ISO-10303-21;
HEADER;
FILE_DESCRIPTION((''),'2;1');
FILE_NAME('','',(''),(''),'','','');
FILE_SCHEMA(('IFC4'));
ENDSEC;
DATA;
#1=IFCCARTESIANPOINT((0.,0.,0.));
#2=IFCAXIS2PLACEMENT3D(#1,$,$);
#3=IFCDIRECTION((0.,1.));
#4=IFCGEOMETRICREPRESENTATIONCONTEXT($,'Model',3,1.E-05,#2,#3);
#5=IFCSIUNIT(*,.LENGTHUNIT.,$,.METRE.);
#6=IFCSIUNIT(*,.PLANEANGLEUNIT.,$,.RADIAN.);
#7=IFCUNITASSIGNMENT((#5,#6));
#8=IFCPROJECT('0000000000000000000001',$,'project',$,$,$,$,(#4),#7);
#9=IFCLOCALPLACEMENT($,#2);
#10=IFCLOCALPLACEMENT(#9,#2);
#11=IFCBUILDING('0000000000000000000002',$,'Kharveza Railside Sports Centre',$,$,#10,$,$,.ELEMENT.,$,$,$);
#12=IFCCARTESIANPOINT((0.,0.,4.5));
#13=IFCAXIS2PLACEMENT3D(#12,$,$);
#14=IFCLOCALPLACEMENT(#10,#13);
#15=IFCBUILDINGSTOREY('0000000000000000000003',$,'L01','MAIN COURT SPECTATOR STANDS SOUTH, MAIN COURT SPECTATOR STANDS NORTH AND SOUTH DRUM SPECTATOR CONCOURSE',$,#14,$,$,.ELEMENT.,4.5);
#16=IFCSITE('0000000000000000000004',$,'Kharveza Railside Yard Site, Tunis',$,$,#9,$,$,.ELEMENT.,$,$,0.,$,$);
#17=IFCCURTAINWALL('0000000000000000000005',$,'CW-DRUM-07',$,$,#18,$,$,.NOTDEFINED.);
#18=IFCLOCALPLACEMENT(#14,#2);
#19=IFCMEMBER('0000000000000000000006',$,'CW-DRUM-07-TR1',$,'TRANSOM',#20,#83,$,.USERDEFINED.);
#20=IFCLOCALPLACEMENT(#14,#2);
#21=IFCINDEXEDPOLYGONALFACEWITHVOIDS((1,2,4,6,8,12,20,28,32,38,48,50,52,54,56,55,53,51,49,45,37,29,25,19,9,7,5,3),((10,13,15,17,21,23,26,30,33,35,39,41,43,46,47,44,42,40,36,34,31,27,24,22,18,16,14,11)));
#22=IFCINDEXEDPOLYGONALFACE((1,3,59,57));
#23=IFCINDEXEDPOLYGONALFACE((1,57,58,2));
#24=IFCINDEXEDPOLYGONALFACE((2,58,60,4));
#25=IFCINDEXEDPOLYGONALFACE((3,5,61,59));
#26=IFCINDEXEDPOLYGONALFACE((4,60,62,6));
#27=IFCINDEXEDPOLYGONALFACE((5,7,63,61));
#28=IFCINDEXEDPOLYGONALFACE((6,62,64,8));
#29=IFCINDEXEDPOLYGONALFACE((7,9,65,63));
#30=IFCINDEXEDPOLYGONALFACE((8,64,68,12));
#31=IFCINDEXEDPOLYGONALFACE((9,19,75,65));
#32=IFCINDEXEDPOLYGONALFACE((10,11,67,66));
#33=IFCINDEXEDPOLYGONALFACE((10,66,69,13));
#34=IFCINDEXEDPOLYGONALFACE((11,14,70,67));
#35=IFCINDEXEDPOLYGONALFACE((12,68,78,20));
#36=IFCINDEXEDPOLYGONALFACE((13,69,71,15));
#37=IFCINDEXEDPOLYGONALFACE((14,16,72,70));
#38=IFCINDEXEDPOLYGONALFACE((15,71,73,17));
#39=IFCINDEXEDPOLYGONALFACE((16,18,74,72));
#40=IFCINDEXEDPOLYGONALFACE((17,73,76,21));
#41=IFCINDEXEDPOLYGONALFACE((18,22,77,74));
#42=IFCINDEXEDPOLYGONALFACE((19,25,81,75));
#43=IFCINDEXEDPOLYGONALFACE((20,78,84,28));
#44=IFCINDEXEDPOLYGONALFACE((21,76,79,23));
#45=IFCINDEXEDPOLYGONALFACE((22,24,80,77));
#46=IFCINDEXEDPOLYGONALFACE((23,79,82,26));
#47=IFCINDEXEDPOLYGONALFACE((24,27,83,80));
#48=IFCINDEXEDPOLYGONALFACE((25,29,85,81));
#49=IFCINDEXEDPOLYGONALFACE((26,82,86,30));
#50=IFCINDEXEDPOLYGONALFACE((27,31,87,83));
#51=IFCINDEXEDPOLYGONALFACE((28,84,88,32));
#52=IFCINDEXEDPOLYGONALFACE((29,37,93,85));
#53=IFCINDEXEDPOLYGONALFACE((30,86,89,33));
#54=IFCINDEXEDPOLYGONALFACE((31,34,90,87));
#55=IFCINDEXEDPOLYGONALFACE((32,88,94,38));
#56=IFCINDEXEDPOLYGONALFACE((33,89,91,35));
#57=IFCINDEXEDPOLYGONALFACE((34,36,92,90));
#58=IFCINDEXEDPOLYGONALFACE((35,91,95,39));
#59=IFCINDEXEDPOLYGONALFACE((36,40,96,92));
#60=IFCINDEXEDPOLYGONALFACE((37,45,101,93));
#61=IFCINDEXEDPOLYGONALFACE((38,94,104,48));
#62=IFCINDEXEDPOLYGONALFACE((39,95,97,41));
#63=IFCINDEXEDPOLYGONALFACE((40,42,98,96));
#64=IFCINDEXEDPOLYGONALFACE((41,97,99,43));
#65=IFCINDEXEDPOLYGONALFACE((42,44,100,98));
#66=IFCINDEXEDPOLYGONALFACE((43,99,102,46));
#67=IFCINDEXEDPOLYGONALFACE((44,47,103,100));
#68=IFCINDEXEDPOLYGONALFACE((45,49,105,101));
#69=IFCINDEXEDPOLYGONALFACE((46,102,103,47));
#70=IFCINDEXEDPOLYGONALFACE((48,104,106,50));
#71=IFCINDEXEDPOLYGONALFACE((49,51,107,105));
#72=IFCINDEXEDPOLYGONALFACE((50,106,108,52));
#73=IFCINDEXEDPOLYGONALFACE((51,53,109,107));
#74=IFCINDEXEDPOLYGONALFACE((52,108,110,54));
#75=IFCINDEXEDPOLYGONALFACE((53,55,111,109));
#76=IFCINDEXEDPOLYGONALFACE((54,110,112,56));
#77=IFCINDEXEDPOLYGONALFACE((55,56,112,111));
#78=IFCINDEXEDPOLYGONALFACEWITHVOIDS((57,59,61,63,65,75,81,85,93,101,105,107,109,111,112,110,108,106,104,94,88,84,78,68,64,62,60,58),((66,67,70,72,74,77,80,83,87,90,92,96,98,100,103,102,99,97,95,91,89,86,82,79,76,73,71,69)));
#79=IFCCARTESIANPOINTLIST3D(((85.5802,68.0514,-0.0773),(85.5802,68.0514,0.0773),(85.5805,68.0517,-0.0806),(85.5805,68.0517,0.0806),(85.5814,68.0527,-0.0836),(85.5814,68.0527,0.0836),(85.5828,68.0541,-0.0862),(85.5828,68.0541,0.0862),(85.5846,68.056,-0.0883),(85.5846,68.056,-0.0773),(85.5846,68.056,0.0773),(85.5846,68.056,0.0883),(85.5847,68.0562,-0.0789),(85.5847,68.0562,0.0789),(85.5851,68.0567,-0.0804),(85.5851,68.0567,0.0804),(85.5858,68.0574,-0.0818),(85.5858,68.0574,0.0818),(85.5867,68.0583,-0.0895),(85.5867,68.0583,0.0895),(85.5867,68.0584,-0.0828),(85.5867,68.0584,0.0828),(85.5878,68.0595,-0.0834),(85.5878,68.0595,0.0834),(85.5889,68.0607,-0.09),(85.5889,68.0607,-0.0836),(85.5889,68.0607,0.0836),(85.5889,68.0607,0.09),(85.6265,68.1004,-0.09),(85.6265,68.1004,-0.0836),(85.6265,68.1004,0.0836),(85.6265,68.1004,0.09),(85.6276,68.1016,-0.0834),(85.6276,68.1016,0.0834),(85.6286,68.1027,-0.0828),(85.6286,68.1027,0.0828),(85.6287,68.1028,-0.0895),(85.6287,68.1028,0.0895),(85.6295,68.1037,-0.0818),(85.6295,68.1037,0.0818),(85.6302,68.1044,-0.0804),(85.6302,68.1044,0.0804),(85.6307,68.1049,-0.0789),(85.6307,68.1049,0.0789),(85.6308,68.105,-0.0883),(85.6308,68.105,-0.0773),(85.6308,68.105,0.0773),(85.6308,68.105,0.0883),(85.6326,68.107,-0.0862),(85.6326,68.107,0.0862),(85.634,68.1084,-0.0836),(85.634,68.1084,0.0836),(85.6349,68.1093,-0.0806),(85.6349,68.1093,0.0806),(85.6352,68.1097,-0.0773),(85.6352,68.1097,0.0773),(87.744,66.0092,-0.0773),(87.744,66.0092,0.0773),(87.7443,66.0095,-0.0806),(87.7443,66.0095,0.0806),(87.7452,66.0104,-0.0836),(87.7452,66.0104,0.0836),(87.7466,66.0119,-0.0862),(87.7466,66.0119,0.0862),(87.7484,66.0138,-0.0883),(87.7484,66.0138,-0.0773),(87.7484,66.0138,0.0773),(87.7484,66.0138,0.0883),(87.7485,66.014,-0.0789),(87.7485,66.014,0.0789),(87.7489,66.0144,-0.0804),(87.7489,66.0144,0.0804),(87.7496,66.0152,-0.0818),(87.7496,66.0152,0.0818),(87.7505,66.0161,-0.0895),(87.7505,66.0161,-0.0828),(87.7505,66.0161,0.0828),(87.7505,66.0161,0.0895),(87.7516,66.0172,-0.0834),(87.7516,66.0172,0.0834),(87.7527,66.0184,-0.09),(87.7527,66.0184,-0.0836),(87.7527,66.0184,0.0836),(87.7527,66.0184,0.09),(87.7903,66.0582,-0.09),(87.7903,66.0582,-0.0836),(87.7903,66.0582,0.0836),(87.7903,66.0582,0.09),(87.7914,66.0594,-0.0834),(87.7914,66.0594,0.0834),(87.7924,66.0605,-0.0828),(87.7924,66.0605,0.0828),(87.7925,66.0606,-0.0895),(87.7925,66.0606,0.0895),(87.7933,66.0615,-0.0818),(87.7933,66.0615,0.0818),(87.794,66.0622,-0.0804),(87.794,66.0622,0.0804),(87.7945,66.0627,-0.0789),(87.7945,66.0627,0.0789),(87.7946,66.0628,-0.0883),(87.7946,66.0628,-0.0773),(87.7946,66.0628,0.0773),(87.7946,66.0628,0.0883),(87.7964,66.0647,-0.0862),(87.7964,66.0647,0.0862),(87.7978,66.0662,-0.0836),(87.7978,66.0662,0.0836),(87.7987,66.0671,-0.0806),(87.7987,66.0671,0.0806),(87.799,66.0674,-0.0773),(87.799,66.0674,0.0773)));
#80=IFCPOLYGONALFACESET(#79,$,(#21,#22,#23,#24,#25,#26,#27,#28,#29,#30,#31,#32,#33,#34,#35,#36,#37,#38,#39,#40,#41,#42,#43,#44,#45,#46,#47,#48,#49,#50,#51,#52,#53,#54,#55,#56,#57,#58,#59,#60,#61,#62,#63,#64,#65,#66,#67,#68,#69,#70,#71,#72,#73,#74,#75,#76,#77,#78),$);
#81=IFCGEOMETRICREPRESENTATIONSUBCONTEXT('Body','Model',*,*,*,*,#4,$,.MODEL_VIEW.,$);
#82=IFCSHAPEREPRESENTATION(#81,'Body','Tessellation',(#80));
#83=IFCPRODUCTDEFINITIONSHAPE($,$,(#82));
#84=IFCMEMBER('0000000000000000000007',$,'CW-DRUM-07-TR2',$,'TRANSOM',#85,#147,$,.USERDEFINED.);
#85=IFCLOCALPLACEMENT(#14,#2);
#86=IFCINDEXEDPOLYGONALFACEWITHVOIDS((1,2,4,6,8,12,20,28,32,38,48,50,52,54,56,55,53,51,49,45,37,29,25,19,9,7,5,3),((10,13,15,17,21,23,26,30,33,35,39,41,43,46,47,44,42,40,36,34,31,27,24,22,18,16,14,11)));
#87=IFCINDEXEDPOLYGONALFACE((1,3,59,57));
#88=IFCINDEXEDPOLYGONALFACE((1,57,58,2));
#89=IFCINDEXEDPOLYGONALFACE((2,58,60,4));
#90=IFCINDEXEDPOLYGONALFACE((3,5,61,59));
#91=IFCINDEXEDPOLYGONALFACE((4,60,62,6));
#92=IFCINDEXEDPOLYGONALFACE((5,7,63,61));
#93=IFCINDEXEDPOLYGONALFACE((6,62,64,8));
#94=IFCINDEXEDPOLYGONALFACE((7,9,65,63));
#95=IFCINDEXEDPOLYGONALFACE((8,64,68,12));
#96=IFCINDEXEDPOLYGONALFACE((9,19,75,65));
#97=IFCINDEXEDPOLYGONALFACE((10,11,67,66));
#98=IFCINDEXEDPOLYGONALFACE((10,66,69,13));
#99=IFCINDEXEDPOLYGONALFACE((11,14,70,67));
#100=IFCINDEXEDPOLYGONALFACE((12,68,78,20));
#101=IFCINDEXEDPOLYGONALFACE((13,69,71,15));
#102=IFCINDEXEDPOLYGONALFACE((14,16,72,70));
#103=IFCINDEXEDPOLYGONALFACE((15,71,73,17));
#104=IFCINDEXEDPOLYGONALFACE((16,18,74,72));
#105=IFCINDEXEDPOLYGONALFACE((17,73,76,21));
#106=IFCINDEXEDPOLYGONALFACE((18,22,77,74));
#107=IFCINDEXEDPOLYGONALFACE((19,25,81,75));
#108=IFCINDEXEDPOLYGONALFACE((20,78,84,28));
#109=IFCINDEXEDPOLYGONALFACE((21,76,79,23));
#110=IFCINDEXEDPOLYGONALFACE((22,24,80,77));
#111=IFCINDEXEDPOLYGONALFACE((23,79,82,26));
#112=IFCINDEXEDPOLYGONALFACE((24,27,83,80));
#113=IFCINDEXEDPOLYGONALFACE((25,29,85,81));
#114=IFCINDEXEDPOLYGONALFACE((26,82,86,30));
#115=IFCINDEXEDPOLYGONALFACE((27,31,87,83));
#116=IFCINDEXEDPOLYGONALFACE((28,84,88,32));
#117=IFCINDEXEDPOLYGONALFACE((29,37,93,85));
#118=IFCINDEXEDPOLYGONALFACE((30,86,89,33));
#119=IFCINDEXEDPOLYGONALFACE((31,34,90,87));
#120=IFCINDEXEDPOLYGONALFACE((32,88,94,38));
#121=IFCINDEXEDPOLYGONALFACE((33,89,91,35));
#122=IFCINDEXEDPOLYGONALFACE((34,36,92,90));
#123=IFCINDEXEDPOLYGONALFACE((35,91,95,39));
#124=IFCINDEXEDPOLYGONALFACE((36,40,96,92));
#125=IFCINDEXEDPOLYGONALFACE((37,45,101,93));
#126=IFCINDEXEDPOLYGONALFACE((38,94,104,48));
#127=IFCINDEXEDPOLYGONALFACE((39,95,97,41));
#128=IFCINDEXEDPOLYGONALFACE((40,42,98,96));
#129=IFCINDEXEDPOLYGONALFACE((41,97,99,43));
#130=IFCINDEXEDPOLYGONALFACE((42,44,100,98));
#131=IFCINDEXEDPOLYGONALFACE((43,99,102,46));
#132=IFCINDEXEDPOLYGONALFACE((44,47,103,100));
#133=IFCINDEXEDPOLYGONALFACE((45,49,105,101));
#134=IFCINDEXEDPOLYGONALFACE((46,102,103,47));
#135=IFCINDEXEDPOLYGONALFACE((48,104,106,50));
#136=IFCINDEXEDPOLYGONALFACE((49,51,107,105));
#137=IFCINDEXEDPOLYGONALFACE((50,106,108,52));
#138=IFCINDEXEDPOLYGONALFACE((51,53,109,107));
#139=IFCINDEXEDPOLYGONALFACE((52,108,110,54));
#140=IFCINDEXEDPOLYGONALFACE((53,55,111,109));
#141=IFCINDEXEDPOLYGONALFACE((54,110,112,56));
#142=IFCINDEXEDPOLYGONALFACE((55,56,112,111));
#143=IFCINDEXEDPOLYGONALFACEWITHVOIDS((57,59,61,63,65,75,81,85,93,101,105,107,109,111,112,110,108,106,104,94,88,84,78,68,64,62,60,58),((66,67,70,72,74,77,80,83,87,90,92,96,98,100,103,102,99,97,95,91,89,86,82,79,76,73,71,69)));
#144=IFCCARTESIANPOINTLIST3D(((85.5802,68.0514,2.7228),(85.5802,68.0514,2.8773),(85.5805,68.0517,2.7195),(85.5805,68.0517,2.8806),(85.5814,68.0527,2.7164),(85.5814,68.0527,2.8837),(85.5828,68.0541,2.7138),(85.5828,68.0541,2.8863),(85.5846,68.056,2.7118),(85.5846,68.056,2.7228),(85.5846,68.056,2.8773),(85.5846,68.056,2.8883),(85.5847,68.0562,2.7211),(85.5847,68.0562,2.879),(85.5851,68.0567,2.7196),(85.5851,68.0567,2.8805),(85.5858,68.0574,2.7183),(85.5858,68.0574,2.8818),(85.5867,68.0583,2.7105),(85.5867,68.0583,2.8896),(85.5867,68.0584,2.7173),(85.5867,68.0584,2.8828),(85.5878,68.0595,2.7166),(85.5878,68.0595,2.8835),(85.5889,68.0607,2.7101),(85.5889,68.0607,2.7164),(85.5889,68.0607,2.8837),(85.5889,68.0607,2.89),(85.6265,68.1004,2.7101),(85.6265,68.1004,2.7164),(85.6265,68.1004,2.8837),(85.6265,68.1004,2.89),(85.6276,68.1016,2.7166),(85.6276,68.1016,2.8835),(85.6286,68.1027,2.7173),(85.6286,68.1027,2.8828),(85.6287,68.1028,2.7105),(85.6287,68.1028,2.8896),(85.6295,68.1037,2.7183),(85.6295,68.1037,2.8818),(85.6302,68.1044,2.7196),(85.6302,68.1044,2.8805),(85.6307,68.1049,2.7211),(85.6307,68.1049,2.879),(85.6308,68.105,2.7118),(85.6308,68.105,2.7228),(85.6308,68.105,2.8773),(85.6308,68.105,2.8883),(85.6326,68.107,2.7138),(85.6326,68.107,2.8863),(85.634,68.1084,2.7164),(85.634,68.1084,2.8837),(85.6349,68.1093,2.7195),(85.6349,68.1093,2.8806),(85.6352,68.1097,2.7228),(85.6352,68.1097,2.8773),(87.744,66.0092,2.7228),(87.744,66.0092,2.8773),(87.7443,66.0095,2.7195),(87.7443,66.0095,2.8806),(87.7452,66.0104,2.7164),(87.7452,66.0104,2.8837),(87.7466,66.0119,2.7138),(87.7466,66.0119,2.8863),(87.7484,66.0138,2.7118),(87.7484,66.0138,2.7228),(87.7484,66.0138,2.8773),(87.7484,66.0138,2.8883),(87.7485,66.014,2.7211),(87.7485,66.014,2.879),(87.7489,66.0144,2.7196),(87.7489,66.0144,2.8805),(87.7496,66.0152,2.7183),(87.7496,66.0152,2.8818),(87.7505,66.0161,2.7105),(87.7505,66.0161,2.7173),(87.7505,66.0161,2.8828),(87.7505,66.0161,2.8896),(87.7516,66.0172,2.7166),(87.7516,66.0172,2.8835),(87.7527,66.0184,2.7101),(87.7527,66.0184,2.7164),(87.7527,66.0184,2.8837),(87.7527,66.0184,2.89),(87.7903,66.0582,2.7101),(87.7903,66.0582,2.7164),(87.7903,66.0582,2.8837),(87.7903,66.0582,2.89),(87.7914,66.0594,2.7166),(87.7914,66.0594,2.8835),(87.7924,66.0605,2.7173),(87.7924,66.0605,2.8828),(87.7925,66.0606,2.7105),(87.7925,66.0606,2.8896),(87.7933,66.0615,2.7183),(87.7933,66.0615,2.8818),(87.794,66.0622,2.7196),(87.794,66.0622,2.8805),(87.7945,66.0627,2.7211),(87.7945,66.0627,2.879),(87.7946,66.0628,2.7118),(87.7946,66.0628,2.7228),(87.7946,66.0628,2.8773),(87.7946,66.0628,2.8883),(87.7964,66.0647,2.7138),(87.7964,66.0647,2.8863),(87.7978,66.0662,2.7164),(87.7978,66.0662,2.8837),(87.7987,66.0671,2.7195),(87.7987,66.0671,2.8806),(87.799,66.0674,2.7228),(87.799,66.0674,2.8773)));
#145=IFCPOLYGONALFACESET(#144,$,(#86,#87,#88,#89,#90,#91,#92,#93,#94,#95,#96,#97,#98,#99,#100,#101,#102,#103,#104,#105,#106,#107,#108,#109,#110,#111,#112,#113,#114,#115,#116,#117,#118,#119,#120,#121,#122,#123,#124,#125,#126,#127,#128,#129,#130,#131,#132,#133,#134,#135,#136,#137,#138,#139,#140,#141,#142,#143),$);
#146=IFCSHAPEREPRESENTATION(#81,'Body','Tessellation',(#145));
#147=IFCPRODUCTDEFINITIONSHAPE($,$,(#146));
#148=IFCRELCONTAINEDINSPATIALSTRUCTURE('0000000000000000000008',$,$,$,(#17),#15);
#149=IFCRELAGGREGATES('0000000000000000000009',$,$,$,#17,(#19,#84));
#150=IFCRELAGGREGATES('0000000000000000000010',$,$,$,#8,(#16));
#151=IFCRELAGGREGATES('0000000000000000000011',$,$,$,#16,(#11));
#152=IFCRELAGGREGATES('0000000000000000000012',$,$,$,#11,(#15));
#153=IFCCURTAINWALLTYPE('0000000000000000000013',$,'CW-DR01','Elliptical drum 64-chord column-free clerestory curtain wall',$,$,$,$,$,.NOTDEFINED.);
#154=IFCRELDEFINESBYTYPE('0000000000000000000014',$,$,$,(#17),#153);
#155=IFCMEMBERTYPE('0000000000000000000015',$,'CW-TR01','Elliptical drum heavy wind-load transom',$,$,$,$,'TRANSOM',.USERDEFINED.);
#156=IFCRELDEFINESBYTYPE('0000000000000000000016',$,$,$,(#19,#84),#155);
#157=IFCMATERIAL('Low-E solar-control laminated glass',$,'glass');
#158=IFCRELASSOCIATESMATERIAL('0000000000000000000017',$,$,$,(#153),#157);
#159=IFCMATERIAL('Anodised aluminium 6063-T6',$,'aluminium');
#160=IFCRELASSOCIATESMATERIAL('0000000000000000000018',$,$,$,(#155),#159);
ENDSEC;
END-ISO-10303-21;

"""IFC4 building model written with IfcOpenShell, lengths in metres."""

from ifc_helpers import new_model, si_unit, direction, frame, origin, origin_2d, place, context, subcontext, project, spatial, hollow_rectangle, extrude, material, material_profile, profile_set, type_object, element, aggregate, save


model = new_model("IFC4")

# Units and contexts
model_context = context("Model", 3, precision=1e-05, world=origin(), true_north=direction((0.0, 1.0)))
body_context = subcontext(model_context, "Body", "Model", "MODEL_VIEW")
ifc_project = project(units=[si_unit("LENGTHUNIT", "METRE"), si_unit("PLANEANGLEUNIT", "RADIAN")], contexts=[model_context])

# Site, building, storey
site_placement = place(None, origin())
site = spatial("IfcSite", under=ifc_project, at=site_placement, Name="Kharveza Railside Yard Site, Tunis", CompositionType="ELEMENT", RefElevation=0.0)
building_placement = place(site_placement, origin())
building = spatial("IfcBuilding", under=site, at=building_placement, Name="Kharveza Railside Sports Centre", CompositionType="ELEMENT")
storey_placement = place(building_placement, frame((0.0, 0.0, 4.5)))
storey = spatial("IfcBuildingStorey", under=building, at=storey_placement, Name="L01", Description="MAIN COURT SPECTATOR STANDS SOUTH, MAIN COURT SPECTATOR STANDS NORTH AND SOUTH DRUM SPECTATOR CONCOURSE", CompositionType="ELEMENT", Elevation=4.5)

# Shared definitions
ifc_material_1 = material(Name="Low-E solar-control laminated glass", Category="glass")
curtain_wall_type = type_object("IfcCurtainWallType", Name="CW-DR01", Description="Elliptical drum 64-chord column-free clerestory curtain wall", PredefinedType="NOTDEFINED", material=ifc_material_1)
ifc_material_2 = material(Name="Anodised aluminium 6063-T6", Category="aluminium")

# Curtain wall
curtain_wall_1_placement = place(storey_placement, origin())
curtain_wall_1 = element("IfcCurtainWall", 1, at=curtain_wall_1_placement, inside=storey, type_object=curtain_wall_type, Name="CW-DRUM-07", PredefinedType="NOTDEFINED")

# Members
ifc_material_profile_1 = material_profile(ifc_material_2, hollow_rectangle(XDim=0.0801, YDim=0.1799, WallThickness=0.0063, InnerFilletRadius=0.0063, OuterFilletRadius=0.0127, at=origin_2d()), Name="RHS 80x180x6.3")
ifc_profile_set_1 = profile_set([ifc_material_profile_1], Name="Anodised aluminium 6063-T6")
member_type_1 = type_object("IfcMemberType", Name="CW-TR01", Description="Elliptical drum heavy wind-load transom", ElementType="TRANSOM", PredefinedType="USERDEFINED", material=ifc_profile_set_1)
member_1_placement = place(storey_placement, frame((87.7715, 66.0383, 0.0), z_axis=(-0.727243, 0.68638, 0.0), x_axis=(-0.68638, -0.727243, 0.0)))
member_1 = element("IfcMember", 2, at=member_1_placement, type_object=member_type_1, Name="CW-DRUM-07-TR1", ObjectType="TRANSOM", PredefinedType="USERDEFINED", context=body_context, shape_type="SweptSolid", body=[
    extrude(hollow_rectangle(XDim=0.0801, YDim=0.1799, WallThickness=0.0063, InnerFilletRadius=0.0063, OuterFilletRadius=0.0127, at=origin_2d()), origin(), (0.0, 0.0, 1.0), 2.9753),
])
member_2_placement = place(storey_placement, frame((87.7715, 66.0383, 2.8), z_axis=(-0.727243, 0.68638, 0.0), x_axis=(-0.68638, -0.727243, 0.0)))
member_2 = element("IfcMember", 3, at=member_2_placement, type_object=member_type_1, Name="CW-DRUM-07-TR2", ObjectType="TRANSOM", PredefinedType="USERDEFINED", context=body_context, shape_type="SweptSolid", body=[
    extrude(hollow_rectangle(XDim=0.0801, YDim=0.1799, WallThickness=0.0063, InnerFilletRadius=0.0063, OuterFilletRadius=0.0127, at=origin_2d()), origin(), (0.0, 0.0, 1.0), 2.9753),
])

aggregate(curtain_wall_1, [member_1, member_2])

save(model, "model.ifc")
